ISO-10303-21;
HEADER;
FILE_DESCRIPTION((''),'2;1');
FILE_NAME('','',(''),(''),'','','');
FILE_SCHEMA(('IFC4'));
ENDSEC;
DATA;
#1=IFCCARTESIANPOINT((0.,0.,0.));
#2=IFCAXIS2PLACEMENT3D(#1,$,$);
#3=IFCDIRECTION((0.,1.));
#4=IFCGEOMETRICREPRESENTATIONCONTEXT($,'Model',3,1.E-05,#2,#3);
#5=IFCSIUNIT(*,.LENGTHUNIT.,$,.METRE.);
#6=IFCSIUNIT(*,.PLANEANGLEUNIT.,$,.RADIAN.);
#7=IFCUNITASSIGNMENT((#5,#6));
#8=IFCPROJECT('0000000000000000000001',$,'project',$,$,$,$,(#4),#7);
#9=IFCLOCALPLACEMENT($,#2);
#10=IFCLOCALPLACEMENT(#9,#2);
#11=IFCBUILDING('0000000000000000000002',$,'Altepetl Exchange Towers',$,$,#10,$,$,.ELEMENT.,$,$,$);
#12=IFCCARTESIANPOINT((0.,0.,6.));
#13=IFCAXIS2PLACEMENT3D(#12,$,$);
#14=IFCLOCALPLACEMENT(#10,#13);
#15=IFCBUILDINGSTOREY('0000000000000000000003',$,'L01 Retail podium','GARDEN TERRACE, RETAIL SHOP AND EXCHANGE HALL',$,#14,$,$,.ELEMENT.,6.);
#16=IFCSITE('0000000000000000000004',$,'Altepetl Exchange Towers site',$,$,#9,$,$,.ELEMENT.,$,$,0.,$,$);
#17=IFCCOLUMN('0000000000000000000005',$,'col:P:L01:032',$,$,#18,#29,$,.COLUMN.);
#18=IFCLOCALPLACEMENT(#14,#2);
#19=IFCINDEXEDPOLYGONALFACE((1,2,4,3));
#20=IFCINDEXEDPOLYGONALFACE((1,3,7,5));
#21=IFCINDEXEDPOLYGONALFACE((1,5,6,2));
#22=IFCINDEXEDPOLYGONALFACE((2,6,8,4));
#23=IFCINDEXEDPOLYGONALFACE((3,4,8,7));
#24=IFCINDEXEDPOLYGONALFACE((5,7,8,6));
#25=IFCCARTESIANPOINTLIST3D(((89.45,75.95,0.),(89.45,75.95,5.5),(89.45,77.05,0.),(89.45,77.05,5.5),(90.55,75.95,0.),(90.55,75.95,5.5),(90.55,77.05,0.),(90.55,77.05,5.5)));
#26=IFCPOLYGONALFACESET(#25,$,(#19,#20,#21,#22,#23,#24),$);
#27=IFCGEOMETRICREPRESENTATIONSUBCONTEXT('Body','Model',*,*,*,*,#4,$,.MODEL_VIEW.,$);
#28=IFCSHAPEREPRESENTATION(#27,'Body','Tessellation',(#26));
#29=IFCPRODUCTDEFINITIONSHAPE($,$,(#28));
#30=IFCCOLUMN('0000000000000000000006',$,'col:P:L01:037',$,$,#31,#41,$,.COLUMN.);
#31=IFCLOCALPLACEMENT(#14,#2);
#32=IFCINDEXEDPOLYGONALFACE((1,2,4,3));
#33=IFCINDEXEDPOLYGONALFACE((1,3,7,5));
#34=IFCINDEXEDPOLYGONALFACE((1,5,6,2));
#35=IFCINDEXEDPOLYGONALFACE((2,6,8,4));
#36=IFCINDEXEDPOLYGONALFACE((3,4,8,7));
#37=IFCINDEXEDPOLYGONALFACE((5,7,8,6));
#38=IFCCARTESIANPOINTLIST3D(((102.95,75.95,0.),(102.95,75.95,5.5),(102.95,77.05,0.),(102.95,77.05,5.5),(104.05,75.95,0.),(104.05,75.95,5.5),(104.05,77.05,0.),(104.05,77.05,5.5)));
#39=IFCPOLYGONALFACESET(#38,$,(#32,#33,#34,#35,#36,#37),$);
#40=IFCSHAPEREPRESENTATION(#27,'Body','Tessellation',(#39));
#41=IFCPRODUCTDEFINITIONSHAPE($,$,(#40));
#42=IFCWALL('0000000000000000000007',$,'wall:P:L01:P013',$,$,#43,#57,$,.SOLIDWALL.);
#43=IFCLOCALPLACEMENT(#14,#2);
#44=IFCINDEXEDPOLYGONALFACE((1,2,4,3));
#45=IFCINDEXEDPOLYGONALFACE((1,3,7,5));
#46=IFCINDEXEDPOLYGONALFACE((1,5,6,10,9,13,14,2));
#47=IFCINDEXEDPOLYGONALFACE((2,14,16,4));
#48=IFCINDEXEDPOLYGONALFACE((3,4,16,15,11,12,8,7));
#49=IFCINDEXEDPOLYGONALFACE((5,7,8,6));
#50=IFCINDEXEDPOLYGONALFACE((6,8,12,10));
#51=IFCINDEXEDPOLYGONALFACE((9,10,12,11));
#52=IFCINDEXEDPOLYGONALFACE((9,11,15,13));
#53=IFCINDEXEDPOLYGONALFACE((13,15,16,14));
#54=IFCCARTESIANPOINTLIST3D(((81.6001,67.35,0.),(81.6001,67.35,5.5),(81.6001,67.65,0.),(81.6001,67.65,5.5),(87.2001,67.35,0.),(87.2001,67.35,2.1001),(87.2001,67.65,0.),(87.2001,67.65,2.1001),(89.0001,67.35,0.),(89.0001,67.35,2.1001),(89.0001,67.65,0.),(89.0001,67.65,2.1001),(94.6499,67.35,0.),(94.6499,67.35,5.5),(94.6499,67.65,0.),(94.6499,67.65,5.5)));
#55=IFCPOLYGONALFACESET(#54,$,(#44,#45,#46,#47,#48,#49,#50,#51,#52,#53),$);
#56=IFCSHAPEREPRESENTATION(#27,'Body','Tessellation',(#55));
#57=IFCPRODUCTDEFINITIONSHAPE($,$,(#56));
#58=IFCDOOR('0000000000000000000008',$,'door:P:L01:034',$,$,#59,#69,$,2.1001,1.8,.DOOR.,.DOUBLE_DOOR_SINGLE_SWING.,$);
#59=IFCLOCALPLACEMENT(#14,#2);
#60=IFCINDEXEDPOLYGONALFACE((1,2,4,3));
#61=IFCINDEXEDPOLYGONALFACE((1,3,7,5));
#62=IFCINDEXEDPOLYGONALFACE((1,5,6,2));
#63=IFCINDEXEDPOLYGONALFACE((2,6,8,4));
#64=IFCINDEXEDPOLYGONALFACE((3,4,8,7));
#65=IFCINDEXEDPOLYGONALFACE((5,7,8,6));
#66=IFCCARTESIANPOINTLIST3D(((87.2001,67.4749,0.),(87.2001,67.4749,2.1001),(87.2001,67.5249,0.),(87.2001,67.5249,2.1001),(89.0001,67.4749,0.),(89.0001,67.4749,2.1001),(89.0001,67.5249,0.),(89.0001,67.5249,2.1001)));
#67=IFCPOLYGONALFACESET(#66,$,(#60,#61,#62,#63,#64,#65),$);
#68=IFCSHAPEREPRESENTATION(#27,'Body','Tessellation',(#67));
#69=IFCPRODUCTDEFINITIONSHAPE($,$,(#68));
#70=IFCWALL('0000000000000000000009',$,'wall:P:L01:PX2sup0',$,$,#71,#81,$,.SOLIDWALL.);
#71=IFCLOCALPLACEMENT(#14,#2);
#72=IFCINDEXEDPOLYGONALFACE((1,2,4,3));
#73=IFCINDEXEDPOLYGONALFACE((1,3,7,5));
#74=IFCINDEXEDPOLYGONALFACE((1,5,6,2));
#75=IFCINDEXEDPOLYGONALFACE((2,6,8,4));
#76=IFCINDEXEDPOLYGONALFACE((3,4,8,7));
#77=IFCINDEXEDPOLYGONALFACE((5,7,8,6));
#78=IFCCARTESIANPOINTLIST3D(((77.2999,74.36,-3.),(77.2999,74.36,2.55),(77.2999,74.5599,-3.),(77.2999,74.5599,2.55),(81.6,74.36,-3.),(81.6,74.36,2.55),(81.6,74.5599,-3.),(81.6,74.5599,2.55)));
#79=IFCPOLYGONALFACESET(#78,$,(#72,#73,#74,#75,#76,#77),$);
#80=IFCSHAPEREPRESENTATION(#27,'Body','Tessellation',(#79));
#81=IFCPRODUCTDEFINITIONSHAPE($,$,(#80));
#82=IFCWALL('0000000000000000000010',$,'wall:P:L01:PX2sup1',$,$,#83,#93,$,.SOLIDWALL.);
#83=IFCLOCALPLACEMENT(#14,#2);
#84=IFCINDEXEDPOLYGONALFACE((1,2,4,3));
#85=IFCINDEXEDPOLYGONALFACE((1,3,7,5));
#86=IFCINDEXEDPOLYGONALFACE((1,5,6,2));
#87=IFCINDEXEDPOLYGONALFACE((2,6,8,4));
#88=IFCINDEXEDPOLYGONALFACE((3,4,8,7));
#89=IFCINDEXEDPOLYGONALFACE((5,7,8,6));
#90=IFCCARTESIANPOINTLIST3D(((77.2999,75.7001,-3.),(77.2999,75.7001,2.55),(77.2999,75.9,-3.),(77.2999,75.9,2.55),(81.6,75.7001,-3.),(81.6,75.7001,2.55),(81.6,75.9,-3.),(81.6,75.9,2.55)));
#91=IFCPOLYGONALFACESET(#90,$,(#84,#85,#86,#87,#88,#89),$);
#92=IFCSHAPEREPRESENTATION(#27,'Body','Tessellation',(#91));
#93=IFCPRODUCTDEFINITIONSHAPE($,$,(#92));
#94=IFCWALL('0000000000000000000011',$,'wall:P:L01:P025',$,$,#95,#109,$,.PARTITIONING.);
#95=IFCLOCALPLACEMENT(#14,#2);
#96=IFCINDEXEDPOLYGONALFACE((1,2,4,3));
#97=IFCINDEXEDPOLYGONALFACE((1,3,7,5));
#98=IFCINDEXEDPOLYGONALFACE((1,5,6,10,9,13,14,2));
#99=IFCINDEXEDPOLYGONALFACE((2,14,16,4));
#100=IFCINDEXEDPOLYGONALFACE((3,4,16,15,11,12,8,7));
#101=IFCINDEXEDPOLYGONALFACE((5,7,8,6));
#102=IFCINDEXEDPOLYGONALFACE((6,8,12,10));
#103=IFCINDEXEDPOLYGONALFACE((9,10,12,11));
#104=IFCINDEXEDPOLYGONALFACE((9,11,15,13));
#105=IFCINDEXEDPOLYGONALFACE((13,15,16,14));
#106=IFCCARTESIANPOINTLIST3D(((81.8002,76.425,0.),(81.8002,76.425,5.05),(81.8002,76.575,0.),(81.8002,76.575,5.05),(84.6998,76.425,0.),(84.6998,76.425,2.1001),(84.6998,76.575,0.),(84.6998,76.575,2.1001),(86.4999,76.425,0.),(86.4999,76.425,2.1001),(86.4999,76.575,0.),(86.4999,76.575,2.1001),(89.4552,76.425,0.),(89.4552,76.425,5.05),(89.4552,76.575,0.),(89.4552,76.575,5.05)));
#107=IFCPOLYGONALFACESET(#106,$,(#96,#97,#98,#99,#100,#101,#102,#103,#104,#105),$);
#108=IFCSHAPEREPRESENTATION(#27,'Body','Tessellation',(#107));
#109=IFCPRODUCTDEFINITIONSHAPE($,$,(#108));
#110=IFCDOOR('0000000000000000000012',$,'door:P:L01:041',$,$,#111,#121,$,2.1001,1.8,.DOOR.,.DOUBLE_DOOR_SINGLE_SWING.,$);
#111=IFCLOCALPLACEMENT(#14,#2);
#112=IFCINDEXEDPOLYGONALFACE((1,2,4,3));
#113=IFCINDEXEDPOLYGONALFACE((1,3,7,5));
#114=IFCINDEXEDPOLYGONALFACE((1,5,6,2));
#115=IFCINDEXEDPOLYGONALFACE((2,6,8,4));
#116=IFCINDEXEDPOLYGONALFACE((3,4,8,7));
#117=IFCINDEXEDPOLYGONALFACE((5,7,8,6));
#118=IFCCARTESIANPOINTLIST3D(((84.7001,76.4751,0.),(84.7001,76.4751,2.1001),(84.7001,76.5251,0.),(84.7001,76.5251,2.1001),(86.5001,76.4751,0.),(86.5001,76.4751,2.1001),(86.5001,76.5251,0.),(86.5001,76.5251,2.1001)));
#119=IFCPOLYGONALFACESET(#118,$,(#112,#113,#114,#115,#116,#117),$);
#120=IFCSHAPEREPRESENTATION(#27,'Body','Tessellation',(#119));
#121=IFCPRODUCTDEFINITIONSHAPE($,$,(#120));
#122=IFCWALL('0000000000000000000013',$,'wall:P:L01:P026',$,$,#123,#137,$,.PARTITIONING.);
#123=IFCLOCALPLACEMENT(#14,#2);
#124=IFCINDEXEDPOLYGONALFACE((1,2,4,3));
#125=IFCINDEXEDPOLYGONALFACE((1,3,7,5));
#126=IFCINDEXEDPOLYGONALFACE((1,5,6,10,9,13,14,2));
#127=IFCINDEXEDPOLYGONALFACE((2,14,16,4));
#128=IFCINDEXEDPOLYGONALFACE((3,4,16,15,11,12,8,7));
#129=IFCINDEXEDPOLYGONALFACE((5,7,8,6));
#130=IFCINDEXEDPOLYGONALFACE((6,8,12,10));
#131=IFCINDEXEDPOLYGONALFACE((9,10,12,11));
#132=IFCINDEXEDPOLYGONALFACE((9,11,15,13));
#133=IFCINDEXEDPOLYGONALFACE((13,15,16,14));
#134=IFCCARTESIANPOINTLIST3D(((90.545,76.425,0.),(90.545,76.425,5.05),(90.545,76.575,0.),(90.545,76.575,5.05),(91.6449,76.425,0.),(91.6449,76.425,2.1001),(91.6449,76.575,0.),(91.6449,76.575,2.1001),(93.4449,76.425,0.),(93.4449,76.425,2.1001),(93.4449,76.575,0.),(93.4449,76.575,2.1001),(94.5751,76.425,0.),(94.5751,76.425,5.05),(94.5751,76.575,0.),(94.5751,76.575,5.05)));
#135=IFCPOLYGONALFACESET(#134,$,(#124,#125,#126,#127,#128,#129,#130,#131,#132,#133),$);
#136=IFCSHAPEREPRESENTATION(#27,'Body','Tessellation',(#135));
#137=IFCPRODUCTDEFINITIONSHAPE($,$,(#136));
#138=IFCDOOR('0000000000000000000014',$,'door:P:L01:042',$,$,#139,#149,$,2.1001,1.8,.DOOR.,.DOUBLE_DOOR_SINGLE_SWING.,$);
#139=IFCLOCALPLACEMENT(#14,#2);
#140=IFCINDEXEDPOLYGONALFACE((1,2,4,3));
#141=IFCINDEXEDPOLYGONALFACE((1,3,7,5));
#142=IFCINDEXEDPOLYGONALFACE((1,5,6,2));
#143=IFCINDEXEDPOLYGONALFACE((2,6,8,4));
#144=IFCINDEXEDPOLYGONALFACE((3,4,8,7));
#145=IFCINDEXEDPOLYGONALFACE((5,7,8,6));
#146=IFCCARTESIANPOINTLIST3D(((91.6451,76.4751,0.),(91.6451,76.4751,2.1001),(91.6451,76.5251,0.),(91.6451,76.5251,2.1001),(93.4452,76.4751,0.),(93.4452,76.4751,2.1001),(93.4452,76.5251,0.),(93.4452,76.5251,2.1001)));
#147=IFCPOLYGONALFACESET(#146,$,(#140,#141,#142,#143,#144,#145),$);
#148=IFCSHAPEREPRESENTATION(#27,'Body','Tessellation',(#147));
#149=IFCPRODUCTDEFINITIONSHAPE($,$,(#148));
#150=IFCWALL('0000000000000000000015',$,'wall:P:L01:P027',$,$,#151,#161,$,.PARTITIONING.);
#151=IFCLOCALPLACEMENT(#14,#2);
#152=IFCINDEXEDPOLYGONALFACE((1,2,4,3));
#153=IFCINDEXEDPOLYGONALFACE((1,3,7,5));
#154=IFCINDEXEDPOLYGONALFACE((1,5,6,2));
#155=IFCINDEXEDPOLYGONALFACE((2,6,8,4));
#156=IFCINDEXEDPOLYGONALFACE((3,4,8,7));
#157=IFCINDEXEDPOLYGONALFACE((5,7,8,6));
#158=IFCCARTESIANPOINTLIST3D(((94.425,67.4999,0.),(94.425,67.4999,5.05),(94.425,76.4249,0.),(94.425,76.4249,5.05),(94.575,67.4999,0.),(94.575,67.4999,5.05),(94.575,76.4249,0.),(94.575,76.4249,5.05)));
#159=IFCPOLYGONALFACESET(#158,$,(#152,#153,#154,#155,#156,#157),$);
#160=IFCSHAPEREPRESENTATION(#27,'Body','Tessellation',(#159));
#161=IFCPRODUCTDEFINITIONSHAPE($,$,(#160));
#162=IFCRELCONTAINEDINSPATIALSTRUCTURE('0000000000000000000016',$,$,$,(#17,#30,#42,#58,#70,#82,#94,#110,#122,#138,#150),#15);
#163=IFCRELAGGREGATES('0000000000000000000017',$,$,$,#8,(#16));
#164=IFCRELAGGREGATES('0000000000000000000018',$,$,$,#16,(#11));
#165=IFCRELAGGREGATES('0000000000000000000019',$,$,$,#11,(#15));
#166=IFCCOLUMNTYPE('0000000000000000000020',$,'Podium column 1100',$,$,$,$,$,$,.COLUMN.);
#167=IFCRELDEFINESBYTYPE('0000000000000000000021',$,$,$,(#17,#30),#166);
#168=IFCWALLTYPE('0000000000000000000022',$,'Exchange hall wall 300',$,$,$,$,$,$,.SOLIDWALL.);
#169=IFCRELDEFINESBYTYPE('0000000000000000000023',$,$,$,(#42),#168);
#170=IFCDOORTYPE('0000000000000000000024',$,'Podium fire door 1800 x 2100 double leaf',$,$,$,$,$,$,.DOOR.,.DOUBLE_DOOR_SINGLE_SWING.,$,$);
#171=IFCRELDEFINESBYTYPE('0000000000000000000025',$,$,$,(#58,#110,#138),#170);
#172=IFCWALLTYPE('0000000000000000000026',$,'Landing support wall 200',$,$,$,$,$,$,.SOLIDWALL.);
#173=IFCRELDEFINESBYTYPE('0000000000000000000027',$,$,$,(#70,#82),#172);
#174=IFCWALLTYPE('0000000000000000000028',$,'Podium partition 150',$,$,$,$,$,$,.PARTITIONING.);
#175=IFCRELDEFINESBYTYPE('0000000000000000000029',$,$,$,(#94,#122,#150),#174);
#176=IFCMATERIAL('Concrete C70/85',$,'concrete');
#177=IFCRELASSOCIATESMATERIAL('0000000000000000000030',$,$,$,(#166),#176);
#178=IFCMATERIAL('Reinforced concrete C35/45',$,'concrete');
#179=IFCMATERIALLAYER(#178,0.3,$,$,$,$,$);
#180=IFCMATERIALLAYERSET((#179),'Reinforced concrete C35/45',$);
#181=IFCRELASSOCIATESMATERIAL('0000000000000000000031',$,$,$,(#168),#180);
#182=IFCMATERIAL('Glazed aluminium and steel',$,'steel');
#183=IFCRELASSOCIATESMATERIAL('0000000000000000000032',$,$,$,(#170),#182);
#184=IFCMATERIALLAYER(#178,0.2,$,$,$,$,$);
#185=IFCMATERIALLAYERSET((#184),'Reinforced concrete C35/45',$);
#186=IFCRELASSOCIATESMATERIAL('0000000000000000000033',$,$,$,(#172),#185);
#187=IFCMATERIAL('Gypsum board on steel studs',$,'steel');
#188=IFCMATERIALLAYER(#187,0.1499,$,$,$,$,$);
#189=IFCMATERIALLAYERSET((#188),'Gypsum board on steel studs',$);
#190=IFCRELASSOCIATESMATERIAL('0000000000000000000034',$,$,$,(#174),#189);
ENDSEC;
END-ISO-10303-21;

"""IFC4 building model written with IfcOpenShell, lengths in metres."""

from ifc_helpers import new_model, si_unit, direction, frame, frame_2d, origin, origin_2d, place, context, subcontext, project, spatial, rectangle, extrude, material, layer, layer_set, material_profile, profile_set, type_object, element, fill, save


model = new_model("IFC4")

# Units and contexts
model_context = context("Model", 3, precision=1e-05, world=origin(), true_north=direction((0.0, 1.0)))
body_context = subcontext(model_context, "Body", "Model", "MODEL_VIEW")
ifc_project = project(units=[si_unit("LENGTHUNIT", "METRE"), si_unit("PLANEANGLEUNIT", "RADIAN")], contexts=[model_context])

# Site, building, storey
site_placement = place(None, origin())
site = spatial("IfcSite", under=ifc_project, at=site_placement, Name="Altepetl Exchange Towers site", CompositionType="ELEMENT", RefElevation=0.0)
building_placement = place(site_placement, origin())
building = spatial("IfcBuilding", under=site, at=building_placement, Name="Altepetl Exchange Towers", CompositionType="ELEMENT")
storey_placement = place(building_placement, frame((0.0, 0.0, 6.0)))
storey = spatial("IfcBuildingStorey", under=building, at=storey_placement, Name="L01 Retail podium", Description="GARDEN TERRACE, RETAIL SHOP AND EXCHANGE HALL", CompositionType="ELEMENT", Elevation=6.0)

# Columns
ifc_material_1 = material(Name="Concrete C70/85", Category="concrete")
ifc_material_profile = material_profile(ifc_material_1, rectangle(XDim=1.1001, YDim=1.1001, at=origin_2d()), Name="1100 x 1100")
ifc_profile_set = profile_set([ifc_material_profile], Name="Concrete C70/85")
column_type = type_object("IfcColumnType", Name="Podium column 1100", PredefinedType="COLUMN", material=ifc_profile_set)
for number, where, name in (
    (1, (90.0, 76.5, 0.0), "col:P:L01:032"),
    (2, (103.5, 76.5, 0.0), "col:P:L01:037"),
):
    element("IfcColumn", number, at=place(storey_placement, frame(where)), inside=storey, type_object=column_type, Name=name, PredefinedType="COLUMN", context=body_context, shape_type="SweptSolid", body=[
        extrude(rectangle(XDim=1.1001, YDim=1.1001, at=origin_2d()), origin(), (0.0, 0.0, 1.0), 5.5),
    ])

# Wall, opening, door
ifc_material_2 = material(Name="Reinforced concrete C35/45", Category="concrete")
ifc_layer_1 = layer(ifc_material_2, 0.3)
ifc_layer_set_1 = layer_set([ifc_layer_1], Name="Reinforced concrete C35/45")
wall_type_1 = type_object("IfcWallType", Name="Exchange hall wall 300", PredefinedType="SOLIDWALL", material=ifc_layer_set_1)
wall_1_placement = place(storey_placement, frame((81.6001, 67.5, 0.0)))
wall_1 = element("IfcWall", 3, at=wall_1_placement, inside=storey, type_object=wall_type_1, Name="wall:P:L01:P013", PredefinedType="SOLIDWALL", context=body_context, shape_type="SweptSolid", body=[
    extrude(rectangle(XDim=13.0498, YDim=0.3, at=frame_2d((6.5249, 0.0))), origin(), (0.0, 0.0, 1.0), 5.5),
])
opening_1_placement = place(wall_1_placement, frame((5.6001, 0.0, 0.0)))
opening_1 = element("IfcOpeningElement", 4, at=opening_1_placement, cuts=wall_1, PredefinedType="OPENING", context=body_context, shape_type="SweptSolid", body=[
    extrude(rectangle(XDim=1.8, YDim=2.1001, at=frame_2d((0.8999, 1.05))), frame((0.0, 0.1602, 0.0), z_axis=(0.0, -1.0, 0.0), x_axis=(1.0, 0.0, 0.0)), (0.0, 0.0, 1.0), 0.3201),
])
ifc_material_3 = material(Name="Glazed aluminium and steel", Category="steel")
door_type_1 = type_object("IfcDoorType", Name="Podium fire door 1800 x 2100 double leaf", OperationType="DOUBLE_DOOR_SINGLE_SWING", PredefinedType="DOOR", material=ifc_material_3)
door_1_placement = place(opening_1_placement, origin())
door_1 = element("IfcDoor", 5, at=door_1_placement, inside=storey, type_object=door_type_1, Name="door:P:L01:034", OperationType="DOUBLE_DOOR_SINGLE_SWING", OverallHeight=2.1001, OverallWidth=1.8, PredefinedType="DOOR", context=body_context, shape_type="SweptSolid", body=[
    extrude(rectangle(XDim=1.8, YDim=2.1001, at=frame_2d((0.8999, 1.05))), frame((0.0, 0.0249, 0.0), z_axis=(0.0, -1.0, 0.0), x_axis=(1.0, 0.0, 0.0)), (0.0, 0.0, 1.0), 0.05),
])
fill(opening_1, door_1)

# Walls
ifc_layer_2 = layer(ifc_material_2, 0.2)
ifc_layer_set_2 = layer_set([ifc_layer_2], Name="Reinforced concrete C35/45")
wall_type_2 = type_object("IfcWallType", Name="Landing support wall 200", PredefinedType="SOLIDWALL", material=ifc_layer_set_2)
for number, where, name in (
    (6, (77.3, 74.46, -3.0), "wall:P:L01:PX2sup0"),
    (7, (77.3, 75.8, -3.0), "wall:P:L01:PX2sup1"),
):
    element("IfcWall", number, at=place(storey_placement, frame(where)), inside=storey, type_object=wall_type_2, Name=name, PredefinedType="SOLIDWALL", context=body_context, shape_type="SweptSolid", body=[
        extrude(rectangle(XDim=4.3, YDim=0.2, at=frame_2d((2.1499, 0.0))), origin(), (0.0, 0.0, 1.0), 5.55),
    ])

# Walls, openings, doors
ifc_material_4 = material(Name="Gypsum board on steel studs", Category="steel")
ifc_layer_3 = layer(ifc_material_4, 0.1499)
ifc_layer_set_3 = layer_set([ifc_layer_3], Name="Gypsum board on steel studs")
wall_type_3 = type_object("IfcWallType", Name="Podium partition 150", PredefinedType="PARTITIONING", material=ifc_layer_set_3)
wall_2_placement = place(storey_placement, frame((81.8, 76.5, 0.0)))
wall_2 = element("IfcWall", 8, at=wall_2_placement, inside=storey, type_object=wall_type_3, Name="wall:P:L01:P025", PredefinedType="PARTITIONING", context=body_context, shape_type="SweptSolid", body=[
    extrude(rectangle(XDim=7.655, YDim=0.1499, at=frame_2d((3.8276, 0.0))), origin(), (0.0, 0.0, 1.0), 5.05),
])
opening_2_placement = place(wall_2_placement, frame((2.8999, 0.0, 0.0)))
opening_2 = element("IfcOpeningElement", 9, at=opening_2_placement, cuts=wall_2, PredefinedType="OPENING", context=body_context, shape_type="SweptSolid", body=[
    extrude(rectangle(XDim=1.8, YDim=2.1001, at=frame_2d((0.8999, 1.05))), frame((0.0, 0.085, 0.0), z_axis=(0.0, -1.0, 0.0), x_axis=(1.0, 0.0, 0.0)), (0.0, 0.0, 1.0), 0.1699),
])
door_2_placement = place(opening_2_placement, frame((1.8, 0.0, 0.0), x_axis=(-1.0, 0.0, 0.0)))
door_2 = element("IfcDoor", 10, at=door_2_placement, inside=storey, type_object=door_type_1, Name="door:P:L01:041", OperationType="DOUBLE_DOOR_SINGLE_SWING", OverallHeight=2.1001, OverallWidth=1.8, PredefinedType="DOOR", context=body_context, shape_type="SweptSolid", body=[
    extrude(rectangle(XDim=1.8, YDim=2.1001, at=frame_2d((0.8999, 1.05))), frame((0.0, 0.0249, 0.0), z_axis=(0.0, -1.0, 0.0), x_axis=(1.0, 0.0, 0.0)), (0.0, 0.0, 1.0), 0.05),
])
fill(opening_2, door_2)
wall_3_placement = place(storey_placement, frame((90.5449, 76.5, 0.0)))
wall_3 = element("IfcWall", 11, at=wall_3_placement, inside=storey, type_object=wall_type_3, Name="wall:P:L01:P026", PredefinedType="PARTITIONING", context=body_context, shape_type="SweptSolid", body=[
    extrude(rectangle(XDim=4.03, YDim=0.1499, at=frame_2d((2.0151, 0.0))), origin(), (0.0, 0.0, 1.0), 5.05),
])
opening_3_placement = place(wall_3_placement, frame((1.1001, 0.0, 0.0)))
opening_3 = element("IfcOpeningElement", 12, at=opening_3_placement, cuts=wall_3, PredefinedType="OPENING", context=body_context, shape_type="SweptSolid", body=[
    extrude(rectangle(XDim=1.8, YDim=2.1001, at=frame_2d((0.8999, 1.05))), frame((0.0, 0.085, 0.0), z_axis=(0.0, -1.0, 0.0), x_axis=(1.0, 0.0, 0.0)), (0.0, 0.0, 1.0), 0.1699),
])
door_3_placement = place(opening_3_placement, frame((1.8, 0.0, 0.0), x_axis=(-1.0, 0.0, 0.0)))
door_3 = element("IfcDoor", 13, at=door_3_placement, inside=storey, type_object=door_type_1, Name="door:P:L01:042", OperationType="DOUBLE_DOOR_SINGLE_SWING", OverallHeight=2.1001, OverallWidth=1.8, PredefinedType="DOOR", context=body_context, shape_type="SweptSolid", body=[
    extrude(rectangle(XDim=1.8, YDim=2.1001, at=frame_2d((0.8999, 1.05))), frame((0.0, 0.0249, 0.0), z_axis=(0.0, -1.0, 0.0), x_axis=(1.0, 0.0, 0.0)), (0.0, 0.0, 1.0), 0.05),
])
fill(opening_3, door_3)

# Wall
wall_4_placement = place(storey_placement, frame((94.5, 67.5, 0.0), z_axis=(0.0, 0.0, 1.0), x_axis=(0.0, 1.0, 0.0)))
element("IfcWall", 14, at=wall_4_placement, inside=storey, type_object=wall_type_3, Name="wall:P:L01:P027", PredefinedType="PARTITIONING", context=body_context, shape_type="SweptSolid", body=[
    extrude(rectangle(XDim=8.925, YDim=0.1499, at=frame_2d((4.4624, 0.0))), origin(), (0.0, 0.0, 1.0), 5.05),
])

save(model, "model.ifc")
